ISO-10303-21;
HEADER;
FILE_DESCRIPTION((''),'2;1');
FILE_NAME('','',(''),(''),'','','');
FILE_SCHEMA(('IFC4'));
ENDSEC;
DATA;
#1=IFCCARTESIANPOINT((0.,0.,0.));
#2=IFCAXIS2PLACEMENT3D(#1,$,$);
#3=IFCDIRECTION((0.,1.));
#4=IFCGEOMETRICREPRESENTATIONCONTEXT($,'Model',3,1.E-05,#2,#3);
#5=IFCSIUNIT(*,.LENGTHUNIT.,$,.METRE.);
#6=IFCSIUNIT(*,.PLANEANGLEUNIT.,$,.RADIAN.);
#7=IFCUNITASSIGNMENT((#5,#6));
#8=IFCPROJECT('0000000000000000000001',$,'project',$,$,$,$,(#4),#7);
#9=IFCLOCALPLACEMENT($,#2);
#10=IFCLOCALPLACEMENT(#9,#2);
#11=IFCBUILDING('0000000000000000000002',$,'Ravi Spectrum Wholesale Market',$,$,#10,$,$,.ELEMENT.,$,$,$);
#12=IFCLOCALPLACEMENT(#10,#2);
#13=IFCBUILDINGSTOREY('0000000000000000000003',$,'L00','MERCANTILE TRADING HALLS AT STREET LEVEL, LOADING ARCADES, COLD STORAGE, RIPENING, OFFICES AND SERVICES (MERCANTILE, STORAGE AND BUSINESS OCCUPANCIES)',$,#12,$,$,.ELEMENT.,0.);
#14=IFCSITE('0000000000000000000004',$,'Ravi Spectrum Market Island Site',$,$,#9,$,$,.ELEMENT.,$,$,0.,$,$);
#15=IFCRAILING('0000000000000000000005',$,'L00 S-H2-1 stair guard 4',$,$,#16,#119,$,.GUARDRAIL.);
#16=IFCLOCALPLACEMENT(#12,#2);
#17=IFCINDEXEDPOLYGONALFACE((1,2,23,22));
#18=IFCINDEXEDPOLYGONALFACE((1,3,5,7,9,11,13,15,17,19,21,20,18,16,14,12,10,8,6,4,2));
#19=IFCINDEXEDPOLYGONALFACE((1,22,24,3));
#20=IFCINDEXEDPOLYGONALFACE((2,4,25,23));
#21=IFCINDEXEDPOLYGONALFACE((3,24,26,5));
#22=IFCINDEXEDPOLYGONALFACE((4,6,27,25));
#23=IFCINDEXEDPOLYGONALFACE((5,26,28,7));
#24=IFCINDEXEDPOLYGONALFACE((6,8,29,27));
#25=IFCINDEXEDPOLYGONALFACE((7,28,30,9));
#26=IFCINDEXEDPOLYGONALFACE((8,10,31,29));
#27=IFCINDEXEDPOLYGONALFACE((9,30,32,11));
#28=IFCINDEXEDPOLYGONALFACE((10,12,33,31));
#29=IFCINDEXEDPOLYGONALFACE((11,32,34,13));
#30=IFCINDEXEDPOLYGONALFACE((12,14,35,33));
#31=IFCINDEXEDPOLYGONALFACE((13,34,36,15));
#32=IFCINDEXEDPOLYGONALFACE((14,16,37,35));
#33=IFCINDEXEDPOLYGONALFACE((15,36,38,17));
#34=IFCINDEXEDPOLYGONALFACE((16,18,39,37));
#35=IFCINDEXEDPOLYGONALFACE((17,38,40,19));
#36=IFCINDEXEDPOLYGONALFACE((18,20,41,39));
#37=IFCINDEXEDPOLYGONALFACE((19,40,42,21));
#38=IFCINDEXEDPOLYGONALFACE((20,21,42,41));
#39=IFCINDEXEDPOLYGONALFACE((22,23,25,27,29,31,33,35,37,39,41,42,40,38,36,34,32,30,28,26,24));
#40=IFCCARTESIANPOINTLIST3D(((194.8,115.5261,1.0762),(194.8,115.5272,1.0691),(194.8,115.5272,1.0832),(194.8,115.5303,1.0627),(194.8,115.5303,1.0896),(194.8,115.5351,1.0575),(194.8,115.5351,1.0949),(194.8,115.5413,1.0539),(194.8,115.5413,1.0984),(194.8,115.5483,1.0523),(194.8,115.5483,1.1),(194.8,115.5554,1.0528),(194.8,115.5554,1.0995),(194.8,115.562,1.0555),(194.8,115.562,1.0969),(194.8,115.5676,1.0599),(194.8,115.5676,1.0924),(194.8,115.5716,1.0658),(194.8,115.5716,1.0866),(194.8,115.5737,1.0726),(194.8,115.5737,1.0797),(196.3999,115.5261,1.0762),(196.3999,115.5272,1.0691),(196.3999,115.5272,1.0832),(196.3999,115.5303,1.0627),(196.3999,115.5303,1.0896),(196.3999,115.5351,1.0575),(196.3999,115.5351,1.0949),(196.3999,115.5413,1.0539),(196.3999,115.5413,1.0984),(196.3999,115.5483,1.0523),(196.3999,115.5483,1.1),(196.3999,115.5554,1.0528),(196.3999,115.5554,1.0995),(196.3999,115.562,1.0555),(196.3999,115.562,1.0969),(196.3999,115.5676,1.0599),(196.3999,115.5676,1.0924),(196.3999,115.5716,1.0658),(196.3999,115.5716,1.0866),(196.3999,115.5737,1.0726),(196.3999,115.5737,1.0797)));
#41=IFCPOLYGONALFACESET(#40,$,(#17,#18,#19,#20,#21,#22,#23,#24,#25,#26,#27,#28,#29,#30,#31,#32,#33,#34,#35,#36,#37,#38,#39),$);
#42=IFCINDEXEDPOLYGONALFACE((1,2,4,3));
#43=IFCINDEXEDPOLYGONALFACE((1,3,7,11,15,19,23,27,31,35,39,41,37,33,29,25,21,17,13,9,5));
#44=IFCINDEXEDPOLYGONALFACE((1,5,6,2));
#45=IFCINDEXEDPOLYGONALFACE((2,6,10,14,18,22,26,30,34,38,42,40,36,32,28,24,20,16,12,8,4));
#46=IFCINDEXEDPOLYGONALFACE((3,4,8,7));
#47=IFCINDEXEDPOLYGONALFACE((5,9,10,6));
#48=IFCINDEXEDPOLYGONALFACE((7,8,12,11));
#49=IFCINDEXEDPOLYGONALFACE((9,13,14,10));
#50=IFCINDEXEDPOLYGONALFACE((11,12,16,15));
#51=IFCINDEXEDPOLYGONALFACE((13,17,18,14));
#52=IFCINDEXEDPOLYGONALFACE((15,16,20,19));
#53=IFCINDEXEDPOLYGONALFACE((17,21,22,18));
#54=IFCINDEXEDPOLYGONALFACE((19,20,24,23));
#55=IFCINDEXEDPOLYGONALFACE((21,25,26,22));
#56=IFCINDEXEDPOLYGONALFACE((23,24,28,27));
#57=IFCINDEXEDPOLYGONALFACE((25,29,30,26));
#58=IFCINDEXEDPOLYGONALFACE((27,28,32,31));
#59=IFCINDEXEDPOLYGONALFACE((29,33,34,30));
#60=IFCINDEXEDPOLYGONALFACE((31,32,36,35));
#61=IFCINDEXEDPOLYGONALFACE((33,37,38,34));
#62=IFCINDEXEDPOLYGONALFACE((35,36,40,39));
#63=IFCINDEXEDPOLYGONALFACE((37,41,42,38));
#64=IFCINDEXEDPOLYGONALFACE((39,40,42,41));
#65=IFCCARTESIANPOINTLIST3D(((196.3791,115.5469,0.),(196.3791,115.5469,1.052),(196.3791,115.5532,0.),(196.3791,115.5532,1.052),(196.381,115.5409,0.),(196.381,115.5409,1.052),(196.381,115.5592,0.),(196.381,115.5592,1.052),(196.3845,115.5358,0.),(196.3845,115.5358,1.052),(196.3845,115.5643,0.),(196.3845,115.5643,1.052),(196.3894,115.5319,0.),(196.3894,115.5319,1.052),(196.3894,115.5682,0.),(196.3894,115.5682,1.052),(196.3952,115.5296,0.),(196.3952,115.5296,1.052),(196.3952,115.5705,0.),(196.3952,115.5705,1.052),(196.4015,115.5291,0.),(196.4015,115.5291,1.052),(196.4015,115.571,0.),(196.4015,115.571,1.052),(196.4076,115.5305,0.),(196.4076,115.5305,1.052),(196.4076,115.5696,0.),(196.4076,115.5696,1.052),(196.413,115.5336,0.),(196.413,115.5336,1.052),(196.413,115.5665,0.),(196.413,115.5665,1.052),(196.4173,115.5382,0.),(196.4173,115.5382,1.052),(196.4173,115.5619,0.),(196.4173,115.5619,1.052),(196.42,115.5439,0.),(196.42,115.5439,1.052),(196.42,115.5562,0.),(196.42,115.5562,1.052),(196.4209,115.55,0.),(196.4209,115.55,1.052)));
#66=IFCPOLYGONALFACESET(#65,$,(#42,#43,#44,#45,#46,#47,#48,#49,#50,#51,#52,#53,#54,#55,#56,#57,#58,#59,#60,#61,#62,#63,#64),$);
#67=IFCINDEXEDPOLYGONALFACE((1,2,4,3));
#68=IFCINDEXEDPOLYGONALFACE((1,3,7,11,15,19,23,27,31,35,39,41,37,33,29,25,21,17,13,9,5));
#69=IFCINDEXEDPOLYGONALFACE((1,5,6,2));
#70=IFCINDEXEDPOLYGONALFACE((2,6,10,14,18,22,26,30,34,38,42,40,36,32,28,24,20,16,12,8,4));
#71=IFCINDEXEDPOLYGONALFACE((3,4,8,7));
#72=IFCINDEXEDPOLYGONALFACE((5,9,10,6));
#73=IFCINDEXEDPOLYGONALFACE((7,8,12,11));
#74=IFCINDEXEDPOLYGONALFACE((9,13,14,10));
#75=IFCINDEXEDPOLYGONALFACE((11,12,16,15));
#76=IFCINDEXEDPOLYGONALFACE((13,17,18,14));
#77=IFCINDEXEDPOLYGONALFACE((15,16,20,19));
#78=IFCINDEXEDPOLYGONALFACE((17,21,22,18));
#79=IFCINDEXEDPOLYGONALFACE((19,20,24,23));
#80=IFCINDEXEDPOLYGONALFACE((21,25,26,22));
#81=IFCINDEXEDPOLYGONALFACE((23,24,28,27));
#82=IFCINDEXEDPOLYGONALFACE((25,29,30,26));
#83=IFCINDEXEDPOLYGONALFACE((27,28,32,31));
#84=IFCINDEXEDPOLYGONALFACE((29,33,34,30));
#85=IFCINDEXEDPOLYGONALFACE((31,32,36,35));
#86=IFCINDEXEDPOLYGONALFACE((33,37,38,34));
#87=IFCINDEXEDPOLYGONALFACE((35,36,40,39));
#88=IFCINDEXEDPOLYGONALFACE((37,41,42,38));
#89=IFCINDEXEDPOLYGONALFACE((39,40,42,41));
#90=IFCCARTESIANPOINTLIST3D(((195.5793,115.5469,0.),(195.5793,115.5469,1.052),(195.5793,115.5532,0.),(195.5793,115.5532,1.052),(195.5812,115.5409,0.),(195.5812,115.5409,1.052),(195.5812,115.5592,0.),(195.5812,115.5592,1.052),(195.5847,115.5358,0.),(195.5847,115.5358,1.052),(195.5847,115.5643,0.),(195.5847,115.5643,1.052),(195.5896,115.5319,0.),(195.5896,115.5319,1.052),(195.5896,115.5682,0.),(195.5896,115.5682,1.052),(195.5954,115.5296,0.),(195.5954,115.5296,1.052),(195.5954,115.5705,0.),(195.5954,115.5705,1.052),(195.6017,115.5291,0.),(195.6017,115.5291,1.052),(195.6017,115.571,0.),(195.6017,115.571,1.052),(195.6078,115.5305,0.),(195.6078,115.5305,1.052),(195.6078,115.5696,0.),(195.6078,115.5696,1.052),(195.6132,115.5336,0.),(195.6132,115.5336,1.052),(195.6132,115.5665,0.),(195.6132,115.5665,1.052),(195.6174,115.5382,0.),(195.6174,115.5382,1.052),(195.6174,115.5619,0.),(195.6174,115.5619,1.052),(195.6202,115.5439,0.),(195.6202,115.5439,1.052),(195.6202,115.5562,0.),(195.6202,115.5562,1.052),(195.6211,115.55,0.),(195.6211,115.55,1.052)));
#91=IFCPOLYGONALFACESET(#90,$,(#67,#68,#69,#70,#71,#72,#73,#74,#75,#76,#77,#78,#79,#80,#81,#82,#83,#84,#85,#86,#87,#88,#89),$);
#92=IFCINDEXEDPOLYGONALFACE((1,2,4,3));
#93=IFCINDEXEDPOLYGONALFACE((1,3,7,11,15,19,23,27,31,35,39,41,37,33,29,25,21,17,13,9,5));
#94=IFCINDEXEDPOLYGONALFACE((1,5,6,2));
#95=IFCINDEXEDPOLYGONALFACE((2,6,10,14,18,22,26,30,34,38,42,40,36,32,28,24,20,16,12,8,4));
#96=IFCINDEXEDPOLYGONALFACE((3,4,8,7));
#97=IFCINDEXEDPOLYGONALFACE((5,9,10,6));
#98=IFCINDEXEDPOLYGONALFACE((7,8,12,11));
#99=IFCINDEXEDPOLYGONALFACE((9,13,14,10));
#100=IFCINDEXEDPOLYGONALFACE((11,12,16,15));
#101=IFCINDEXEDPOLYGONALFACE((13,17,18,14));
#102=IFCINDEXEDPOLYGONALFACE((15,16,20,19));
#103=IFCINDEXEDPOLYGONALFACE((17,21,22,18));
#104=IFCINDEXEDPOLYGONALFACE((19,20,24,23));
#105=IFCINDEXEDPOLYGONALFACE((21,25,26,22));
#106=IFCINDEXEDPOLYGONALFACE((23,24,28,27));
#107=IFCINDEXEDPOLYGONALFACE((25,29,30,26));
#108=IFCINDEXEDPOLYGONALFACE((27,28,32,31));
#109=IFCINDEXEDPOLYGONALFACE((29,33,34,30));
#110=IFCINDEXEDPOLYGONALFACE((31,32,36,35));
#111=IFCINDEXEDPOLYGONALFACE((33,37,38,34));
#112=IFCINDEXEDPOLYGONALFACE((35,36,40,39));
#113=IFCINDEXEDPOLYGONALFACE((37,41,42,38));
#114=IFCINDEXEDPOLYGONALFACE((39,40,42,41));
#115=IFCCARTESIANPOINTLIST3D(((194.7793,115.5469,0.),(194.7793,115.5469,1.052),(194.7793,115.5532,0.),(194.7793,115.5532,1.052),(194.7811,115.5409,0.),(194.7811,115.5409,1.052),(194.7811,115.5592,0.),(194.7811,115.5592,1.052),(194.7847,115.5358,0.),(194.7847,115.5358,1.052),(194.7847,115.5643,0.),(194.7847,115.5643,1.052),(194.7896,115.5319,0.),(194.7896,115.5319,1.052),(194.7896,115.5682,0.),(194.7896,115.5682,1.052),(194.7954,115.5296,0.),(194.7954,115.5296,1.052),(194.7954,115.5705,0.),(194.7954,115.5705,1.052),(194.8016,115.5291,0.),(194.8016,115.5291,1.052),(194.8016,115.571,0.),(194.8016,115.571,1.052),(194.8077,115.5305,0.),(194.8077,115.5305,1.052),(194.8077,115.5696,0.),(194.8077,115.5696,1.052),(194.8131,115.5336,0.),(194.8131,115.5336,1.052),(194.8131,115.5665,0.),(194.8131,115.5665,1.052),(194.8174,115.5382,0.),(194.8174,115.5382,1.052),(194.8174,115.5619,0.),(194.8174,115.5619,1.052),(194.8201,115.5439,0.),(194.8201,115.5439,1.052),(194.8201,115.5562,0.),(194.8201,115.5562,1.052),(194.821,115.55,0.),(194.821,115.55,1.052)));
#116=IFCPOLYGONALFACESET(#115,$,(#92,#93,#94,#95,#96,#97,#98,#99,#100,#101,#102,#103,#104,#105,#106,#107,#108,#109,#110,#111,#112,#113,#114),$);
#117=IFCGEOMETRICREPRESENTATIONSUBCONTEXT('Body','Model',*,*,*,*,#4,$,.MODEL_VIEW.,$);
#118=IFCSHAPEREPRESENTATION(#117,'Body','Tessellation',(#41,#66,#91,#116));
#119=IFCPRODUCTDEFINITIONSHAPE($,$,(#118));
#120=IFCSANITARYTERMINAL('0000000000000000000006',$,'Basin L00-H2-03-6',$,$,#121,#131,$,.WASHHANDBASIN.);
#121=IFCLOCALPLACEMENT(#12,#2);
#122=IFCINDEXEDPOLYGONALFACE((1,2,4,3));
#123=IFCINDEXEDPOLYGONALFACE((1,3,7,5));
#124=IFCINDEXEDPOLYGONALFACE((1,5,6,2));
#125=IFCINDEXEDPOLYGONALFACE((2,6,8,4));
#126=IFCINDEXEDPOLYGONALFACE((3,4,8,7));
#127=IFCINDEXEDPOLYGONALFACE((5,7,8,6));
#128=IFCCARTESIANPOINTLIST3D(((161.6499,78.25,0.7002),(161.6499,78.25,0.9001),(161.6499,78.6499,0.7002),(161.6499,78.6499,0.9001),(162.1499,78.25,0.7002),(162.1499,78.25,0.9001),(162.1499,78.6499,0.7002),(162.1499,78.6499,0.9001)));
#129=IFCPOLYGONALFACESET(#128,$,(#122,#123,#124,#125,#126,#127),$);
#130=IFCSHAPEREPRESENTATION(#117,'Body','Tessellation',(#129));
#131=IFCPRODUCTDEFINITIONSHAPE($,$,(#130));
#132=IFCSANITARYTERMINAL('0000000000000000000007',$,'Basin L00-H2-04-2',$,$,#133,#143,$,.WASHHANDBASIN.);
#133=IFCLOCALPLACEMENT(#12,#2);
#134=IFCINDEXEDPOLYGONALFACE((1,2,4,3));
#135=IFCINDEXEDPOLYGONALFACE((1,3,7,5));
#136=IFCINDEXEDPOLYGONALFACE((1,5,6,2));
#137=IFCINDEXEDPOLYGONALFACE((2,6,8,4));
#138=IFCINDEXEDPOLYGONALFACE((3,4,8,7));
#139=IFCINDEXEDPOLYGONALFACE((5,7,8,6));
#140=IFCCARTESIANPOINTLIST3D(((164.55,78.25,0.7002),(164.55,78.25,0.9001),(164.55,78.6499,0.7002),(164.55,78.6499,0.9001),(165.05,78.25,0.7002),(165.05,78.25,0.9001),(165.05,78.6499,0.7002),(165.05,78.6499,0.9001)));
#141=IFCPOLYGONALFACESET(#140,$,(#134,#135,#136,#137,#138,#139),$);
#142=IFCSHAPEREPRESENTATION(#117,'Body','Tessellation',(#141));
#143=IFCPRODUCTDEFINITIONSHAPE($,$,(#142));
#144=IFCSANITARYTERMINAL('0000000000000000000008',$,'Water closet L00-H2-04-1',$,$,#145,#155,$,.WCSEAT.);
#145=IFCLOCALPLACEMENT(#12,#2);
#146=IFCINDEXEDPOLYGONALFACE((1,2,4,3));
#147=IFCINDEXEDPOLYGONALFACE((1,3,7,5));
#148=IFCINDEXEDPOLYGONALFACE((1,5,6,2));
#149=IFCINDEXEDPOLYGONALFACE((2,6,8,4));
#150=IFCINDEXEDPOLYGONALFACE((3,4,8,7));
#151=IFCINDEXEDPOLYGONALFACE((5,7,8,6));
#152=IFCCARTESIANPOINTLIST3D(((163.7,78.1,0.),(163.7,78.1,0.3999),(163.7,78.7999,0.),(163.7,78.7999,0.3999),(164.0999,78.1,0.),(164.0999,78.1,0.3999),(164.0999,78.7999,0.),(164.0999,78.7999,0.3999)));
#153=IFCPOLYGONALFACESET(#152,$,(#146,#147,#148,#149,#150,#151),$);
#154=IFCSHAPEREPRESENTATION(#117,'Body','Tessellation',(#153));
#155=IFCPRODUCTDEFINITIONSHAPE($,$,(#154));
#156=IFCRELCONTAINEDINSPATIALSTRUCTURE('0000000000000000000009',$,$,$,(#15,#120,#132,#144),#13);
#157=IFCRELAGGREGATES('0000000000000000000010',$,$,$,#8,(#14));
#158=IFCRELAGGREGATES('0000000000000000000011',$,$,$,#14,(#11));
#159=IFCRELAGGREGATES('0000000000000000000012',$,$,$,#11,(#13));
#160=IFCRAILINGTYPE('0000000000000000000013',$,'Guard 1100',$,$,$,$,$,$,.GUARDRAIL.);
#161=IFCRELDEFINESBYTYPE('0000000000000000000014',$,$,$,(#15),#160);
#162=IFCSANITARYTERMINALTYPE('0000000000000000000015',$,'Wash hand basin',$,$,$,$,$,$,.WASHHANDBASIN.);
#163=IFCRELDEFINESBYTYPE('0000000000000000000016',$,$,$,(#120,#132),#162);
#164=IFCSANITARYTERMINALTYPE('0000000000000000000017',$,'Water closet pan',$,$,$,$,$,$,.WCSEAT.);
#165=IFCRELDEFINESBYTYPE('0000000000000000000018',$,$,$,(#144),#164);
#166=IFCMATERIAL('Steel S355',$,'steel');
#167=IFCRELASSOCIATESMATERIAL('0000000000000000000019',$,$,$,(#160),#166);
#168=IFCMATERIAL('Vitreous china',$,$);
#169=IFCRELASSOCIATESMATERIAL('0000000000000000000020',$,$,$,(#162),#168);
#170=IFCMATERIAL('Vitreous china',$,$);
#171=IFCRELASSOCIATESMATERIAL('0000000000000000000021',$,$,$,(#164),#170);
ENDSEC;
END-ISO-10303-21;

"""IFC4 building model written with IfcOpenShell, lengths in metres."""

from ifc_helpers import new_model, si_unit, direction, frame, origin, origin_2d, place, context, subcontext, project, spatial, rectangle, circle, extrude, material, type_object, element, save


model = new_model("IFC4")

# Units and contexts
model_context = context("Model", 3, precision=1e-05, world=origin(), true_north=direction((0.0, 1.0)))
body_context = subcontext(model_context, "Body", "Model", "MODEL_VIEW")
ifc_project = project(units=[si_unit("LENGTHUNIT", "METRE"), si_unit("PLANEANGLEUNIT", "RADIAN")], contexts=[model_context])

# Site, building, storey
site_placement = place(None, origin())
site = spatial("IfcSite", under=ifc_project, at=site_placement, Name="Ravi Spectrum Market Island Site", CompositionType="ELEMENT", RefElevation=0.0)
building_placement = place(site_placement, origin())
building = spatial("IfcBuilding", under=site, at=building_placement, Name="Ravi Spectrum Wholesale Market", CompositionType="ELEMENT")
storey_placement = place(building_placement, origin())
storey = spatial("IfcBuildingStorey", under=building, at=storey_placement, Name="L00", Description="MERCANTILE TRADING HALLS AT STREET LEVEL, LOADING ARCADES, COLD STORAGE, RIPENING, OFFICES AND SERVICES (MERCANTILE, STORAGE AND BUSINESS OCCUPANCIES)", CompositionType="ELEMENT", Elevation=0.0)

# Railing
ifc_material_1 = material(Name="Steel S355", Category="steel")
railing_type = type_object("IfcRailingType", Name="Guard 1100", PredefinedType="GUARDRAIL", material=ifc_material_1)
railing_placement = place(storey_placement, frame((196.3999, 115.55, 0.0)))
element("IfcRailing", 1, at=railing_placement, inside=storey, type_object=railing_type, Name="L00 S-H2-1 stair guard 4", PredefinedType="GUARDRAIL", context=body_context, shape_type="SweptSolid", body=[
    extrude(circle(Radius=0.0239, at=origin_2d()), frame((0.0, 0.0, 1.0762), z_axis=(-1.0, 0.0, 0.0), x_axis=(0.0, -1.0, 0.0)), (0.0, 0.0, 1.0), 1.5999),
    extrude(circle(Radius=0.021, at=origin_2d()), origin(), (0.0, 0.0, 1.0), 1.052),
    extrude(circle(Radius=0.021, at=origin_2d()), frame((-0.7998, 0.0, 0.0)), (0.0, 0.0, 1.0), 1.052),
    extrude(circle(Radius=0.021, at=origin_2d()), frame((-1.5999, 0.0, 0.0)), (0.0, 0.0, 1.0), 1.052),
])

# Sanitary terminals
ifc_material_2 = material(Name="Vitreous china")
sanitary_terminal_type_1 = type_object("IfcSanitaryTerminalType", Name="Wash hand basin", PredefinedType="WASHHANDBASIN", material=ifc_material_2)
for number, where, z_axis, x_axis, name in (
    (2, (161.8999, 78.45, 0.7002), (0.0, 0.0, 1.0), (1.0, 0.0, 0.0), "Basin L00-H2-03-6"),
    (3, (164.8, 78.45, 0.7002), (0.0, 0.0, 1.0), (1.0, 0.0, 0.0), "Basin L00-H2-04-2"),
):
    element("IfcSanitaryTerminal", number, at=place(storey_placement, frame(where, z_axis=z_axis, x_axis=x_axis)), inside=storey, type_object=sanitary_terminal_type_1, Name=name, PredefinedType="WASHHANDBASIN", context=body_context, shape_type="SweptSolid", body=[
        extrude(rectangle(XDim=0.5, YDim=0.3999, at=origin_2d()), origin(), (0.0, 0.0, 1.0), 0.2),
    ])
ifc_material_3 = material(Name="Vitreous china")
sanitary_terminal_type_2 = type_object("IfcSanitaryTerminalType", Name="Water closet pan", PredefinedType="WCSEAT", material=ifc_material_3)
sanitary_terminal_placement = place(storey_placement, frame((163.8999, 78.45, 0.0), z_axis=(0.0, 0.0, 1.0), x_axis=(1.0, 0.0, 0.0)))
element("IfcSanitaryTerminal", 4, at=sanitary_terminal_placement, inside=storey, type_object=sanitary_terminal_type_2, Name="Water closet L00-H2-04-1", PredefinedType="WCSEAT", context=body_context, shape_type="SweptSolid", body=[
    extrude(rectangle(XDim=0.3999, YDim=0.7, at=origin_2d()), origin(), (0.0, 0.0, 1.0), 0.3999),
])

save(model, "model.ifc")
